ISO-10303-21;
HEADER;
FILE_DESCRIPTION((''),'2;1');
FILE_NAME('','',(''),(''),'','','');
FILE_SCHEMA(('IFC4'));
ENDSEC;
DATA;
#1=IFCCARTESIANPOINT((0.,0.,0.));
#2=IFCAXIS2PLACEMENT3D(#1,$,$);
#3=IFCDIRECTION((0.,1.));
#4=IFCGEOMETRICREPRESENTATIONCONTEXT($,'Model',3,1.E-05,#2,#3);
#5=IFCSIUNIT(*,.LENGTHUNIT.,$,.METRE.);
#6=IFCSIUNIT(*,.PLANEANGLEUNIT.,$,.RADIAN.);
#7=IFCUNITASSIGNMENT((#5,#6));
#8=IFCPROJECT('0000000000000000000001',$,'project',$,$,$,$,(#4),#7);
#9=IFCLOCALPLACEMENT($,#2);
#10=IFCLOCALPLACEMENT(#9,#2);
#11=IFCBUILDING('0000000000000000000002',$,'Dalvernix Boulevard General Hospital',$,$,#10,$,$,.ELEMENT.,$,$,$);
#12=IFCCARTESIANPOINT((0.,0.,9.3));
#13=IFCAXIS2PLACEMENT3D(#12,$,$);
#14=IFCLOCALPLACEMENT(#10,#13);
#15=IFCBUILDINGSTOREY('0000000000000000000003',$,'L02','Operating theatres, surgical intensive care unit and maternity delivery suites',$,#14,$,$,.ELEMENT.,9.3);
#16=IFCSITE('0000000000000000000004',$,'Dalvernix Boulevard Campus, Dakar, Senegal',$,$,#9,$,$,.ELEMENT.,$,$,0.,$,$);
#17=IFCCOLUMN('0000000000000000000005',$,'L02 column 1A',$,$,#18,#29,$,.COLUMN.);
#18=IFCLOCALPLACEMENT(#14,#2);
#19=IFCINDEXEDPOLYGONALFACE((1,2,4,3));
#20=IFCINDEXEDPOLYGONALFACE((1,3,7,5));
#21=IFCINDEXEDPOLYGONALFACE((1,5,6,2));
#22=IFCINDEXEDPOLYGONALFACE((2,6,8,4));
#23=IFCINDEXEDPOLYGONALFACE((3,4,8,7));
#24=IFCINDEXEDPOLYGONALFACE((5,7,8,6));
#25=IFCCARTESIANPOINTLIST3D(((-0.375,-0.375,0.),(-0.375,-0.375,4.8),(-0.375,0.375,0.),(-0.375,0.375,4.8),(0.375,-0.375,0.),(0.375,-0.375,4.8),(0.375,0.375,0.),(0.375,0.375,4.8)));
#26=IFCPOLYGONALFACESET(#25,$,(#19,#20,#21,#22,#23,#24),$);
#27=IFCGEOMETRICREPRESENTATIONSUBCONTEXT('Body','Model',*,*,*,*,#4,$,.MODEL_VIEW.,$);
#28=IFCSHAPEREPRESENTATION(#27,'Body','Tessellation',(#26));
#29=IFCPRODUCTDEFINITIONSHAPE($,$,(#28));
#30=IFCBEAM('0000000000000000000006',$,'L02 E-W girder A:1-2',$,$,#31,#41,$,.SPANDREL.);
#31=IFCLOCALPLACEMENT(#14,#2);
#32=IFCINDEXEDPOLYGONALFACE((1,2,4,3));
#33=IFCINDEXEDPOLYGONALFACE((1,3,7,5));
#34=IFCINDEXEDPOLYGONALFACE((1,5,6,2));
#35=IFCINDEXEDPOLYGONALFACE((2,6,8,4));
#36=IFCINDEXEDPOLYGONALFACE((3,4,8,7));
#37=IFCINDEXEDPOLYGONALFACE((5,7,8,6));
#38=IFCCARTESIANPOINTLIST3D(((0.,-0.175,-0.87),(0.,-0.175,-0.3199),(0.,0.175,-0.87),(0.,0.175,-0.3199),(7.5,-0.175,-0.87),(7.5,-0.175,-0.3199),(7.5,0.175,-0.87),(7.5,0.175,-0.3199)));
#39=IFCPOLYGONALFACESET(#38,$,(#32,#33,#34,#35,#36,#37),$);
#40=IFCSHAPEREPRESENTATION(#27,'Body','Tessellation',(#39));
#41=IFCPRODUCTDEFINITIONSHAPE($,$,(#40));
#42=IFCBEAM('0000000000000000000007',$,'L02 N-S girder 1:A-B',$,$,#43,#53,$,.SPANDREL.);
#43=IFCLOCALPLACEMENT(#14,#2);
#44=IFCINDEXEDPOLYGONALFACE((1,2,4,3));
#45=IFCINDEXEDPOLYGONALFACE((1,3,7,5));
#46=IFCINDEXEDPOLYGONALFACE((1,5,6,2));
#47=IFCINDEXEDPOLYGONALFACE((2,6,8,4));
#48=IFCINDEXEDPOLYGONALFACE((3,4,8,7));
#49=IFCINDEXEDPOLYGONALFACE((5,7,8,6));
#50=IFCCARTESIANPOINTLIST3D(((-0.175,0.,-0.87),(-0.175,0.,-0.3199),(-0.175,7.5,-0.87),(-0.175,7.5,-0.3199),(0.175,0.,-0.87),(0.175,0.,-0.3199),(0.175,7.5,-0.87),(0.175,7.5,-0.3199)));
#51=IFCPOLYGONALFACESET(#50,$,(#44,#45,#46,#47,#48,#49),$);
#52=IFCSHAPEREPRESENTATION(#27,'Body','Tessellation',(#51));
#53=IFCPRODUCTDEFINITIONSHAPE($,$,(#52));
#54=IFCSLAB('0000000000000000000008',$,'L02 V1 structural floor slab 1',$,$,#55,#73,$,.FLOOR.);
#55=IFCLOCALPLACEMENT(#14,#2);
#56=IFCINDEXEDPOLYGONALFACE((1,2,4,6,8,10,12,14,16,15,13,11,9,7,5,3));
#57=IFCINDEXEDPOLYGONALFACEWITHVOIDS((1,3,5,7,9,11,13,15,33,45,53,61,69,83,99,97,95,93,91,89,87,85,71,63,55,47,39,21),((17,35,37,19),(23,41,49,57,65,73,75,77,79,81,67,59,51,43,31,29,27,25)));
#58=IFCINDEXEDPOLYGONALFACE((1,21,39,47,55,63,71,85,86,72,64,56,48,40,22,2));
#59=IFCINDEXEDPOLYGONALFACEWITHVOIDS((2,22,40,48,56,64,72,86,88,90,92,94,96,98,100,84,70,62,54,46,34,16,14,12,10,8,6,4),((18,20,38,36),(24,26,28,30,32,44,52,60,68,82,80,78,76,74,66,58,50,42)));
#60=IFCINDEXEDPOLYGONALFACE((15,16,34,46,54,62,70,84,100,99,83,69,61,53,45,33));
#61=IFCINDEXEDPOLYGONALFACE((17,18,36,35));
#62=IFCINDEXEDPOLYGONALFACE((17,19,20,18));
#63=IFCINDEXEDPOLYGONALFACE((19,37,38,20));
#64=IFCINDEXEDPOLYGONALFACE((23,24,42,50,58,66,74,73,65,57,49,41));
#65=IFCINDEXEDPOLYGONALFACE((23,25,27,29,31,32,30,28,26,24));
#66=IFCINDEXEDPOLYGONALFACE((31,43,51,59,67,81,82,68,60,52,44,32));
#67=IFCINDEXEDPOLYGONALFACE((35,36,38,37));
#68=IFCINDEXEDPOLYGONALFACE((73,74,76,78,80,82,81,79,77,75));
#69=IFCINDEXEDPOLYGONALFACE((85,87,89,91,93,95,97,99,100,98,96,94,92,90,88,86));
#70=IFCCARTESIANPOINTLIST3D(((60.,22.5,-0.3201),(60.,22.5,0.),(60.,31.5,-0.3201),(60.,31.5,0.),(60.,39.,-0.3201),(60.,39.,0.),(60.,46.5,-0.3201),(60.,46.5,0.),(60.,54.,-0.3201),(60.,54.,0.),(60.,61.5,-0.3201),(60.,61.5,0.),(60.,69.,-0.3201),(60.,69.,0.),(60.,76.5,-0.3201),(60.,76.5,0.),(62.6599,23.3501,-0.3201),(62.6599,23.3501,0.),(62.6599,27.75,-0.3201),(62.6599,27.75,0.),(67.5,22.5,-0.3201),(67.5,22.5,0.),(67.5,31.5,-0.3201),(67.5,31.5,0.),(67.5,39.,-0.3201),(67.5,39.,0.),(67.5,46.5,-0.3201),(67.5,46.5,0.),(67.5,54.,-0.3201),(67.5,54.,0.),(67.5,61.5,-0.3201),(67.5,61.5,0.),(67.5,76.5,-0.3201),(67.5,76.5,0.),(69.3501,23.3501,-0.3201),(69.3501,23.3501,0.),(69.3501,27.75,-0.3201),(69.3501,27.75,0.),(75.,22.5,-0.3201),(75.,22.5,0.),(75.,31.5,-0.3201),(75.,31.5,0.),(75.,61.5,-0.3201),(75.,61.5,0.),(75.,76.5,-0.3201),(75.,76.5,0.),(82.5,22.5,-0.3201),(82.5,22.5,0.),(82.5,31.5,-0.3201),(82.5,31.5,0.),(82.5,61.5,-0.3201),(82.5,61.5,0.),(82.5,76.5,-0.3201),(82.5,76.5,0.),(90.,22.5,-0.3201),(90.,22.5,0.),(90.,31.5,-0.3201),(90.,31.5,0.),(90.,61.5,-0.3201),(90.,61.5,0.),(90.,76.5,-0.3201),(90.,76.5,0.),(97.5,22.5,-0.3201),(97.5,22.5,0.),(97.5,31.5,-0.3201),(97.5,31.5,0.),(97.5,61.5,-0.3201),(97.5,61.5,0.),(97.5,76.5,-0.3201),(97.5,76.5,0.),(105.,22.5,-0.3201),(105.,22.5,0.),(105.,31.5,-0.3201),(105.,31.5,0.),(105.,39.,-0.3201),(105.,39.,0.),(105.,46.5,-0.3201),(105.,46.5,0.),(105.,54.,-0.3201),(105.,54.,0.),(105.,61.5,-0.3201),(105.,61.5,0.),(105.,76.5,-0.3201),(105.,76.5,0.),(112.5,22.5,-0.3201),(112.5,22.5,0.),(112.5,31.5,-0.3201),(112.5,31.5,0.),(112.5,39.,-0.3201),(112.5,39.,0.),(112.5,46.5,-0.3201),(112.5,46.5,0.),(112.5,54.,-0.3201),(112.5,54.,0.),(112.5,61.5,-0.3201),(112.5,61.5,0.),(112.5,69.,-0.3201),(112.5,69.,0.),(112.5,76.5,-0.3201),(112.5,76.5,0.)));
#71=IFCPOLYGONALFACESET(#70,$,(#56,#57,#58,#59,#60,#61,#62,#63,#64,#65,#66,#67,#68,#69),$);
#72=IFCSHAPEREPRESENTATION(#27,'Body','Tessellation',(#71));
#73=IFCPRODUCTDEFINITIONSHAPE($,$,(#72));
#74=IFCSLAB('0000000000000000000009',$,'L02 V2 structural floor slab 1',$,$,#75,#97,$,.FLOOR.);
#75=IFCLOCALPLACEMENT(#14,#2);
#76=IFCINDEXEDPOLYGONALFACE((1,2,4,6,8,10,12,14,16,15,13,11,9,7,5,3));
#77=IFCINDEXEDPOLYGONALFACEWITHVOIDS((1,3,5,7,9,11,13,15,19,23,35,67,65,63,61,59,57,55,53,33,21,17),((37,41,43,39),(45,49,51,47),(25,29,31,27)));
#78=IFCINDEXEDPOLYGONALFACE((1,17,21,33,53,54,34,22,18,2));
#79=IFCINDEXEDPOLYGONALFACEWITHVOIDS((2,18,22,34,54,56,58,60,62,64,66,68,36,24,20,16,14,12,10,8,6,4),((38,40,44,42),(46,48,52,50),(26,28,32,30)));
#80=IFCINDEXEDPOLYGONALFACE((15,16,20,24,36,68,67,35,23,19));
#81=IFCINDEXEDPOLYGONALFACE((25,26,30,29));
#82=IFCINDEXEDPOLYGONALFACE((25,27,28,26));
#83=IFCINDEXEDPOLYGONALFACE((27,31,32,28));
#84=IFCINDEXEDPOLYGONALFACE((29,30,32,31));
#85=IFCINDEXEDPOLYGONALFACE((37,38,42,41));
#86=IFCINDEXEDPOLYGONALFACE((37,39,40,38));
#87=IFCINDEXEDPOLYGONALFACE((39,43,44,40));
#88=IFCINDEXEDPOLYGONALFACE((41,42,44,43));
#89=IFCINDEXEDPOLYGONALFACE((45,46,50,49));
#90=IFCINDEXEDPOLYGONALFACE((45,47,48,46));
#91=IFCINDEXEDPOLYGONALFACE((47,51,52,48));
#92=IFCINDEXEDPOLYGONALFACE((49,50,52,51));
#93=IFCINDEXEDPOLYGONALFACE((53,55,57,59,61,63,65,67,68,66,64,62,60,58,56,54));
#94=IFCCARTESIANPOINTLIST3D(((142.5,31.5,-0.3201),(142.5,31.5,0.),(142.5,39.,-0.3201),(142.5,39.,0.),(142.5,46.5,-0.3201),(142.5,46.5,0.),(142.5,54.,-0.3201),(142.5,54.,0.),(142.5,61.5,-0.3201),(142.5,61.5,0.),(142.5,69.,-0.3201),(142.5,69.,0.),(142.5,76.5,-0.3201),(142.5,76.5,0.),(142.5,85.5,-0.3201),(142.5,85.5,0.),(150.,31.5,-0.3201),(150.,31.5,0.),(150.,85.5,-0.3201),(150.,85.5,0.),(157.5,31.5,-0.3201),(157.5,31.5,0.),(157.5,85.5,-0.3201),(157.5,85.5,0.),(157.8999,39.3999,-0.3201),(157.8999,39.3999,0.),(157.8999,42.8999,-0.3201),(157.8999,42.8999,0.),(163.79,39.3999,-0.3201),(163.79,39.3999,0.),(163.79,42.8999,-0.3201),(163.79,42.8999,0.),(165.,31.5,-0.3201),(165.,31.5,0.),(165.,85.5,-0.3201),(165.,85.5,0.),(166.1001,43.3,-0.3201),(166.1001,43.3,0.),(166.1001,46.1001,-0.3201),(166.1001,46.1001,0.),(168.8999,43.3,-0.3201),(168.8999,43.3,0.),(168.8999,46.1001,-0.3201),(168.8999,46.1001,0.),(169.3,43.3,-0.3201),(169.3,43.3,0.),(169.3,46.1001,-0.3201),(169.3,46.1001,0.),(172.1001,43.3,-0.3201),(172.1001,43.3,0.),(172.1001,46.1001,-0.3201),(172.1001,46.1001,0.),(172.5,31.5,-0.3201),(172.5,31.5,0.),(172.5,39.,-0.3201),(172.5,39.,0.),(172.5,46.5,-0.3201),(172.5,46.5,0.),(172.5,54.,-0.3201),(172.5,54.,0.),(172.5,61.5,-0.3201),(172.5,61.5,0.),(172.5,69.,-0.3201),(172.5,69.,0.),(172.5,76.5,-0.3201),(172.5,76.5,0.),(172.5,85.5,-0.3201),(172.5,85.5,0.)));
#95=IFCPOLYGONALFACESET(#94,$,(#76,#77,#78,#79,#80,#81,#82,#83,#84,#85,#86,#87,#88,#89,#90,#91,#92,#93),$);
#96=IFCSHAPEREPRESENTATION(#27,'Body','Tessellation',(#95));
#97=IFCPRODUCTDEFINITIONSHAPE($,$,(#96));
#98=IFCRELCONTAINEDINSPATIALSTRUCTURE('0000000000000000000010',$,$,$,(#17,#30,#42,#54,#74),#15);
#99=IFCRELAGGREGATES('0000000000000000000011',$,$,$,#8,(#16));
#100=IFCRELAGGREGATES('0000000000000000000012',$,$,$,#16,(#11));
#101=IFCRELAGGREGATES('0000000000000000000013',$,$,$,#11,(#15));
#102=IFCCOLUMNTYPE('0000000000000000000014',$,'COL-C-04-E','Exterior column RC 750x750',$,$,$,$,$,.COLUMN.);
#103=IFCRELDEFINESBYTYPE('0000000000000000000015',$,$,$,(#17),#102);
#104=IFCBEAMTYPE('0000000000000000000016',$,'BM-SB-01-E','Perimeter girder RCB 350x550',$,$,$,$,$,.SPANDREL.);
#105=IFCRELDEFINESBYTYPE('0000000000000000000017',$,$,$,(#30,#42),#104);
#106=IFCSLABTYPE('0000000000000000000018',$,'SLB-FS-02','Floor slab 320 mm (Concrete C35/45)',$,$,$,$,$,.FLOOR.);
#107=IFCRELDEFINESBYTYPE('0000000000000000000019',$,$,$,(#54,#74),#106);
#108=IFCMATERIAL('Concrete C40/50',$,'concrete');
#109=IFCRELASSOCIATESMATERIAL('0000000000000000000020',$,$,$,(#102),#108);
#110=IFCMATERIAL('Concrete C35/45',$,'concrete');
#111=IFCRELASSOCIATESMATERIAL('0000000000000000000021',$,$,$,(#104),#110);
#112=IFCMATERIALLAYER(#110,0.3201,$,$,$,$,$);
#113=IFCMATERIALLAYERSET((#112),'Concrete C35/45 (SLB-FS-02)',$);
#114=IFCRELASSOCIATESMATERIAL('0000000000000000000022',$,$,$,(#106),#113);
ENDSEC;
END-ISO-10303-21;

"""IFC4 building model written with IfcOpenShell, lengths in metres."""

from ifc_helpers import new_model, si_unit, direction, frame, origin, origin_with_axes, origin_2d, place, context, subcontext, project, spatial, polyline, rectangle, outline, extrude, material, layer, layer_set, material_profile, profile_set, type_object, element, save


model = new_model("IFC4")

# Units and contexts
model_context = context("Model", 3, precision=1e-05, world=origin(), true_north=direction((0.0, 1.0)))
body_context = subcontext(model_context, "Body", "Model", "MODEL_VIEW")
ifc_project = project(units=[si_unit("LENGTHUNIT", "METRE"), si_unit("PLANEANGLEUNIT", "RADIAN")], contexts=[model_context])

# Site, building, storey
site_placement = place(None, origin())
site = spatial("IfcSite", under=ifc_project, at=site_placement, Name="Dalvernix Boulevard Campus, Dakar, Senegal", CompositionType="ELEMENT", RefElevation=0.0)
building_placement = place(site_placement, origin())
building = spatial("IfcBuilding", under=site, at=building_placement, Name="Dalvernix Boulevard General Hospital", CompositionType="ELEMENT")
storey_placement = place(building_placement, frame((0.0, 0.0, 9.3)))
storey = spatial("IfcBuildingStorey", under=building, at=storey_placement, Name="L02", Description="Operating theatres, surgical intensive care unit and maternity delivery suites", CompositionType="ELEMENT", Elevation=9.3)

# Column
ifc_material_1 = material(Name="Concrete C40/50", Category="concrete")
ifc_material_profile_1 = material_profile(ifc_material_1, rectangle(XDim=0.75, YDim=0.75, at=origin_2d()), Name="RC 750x750")
ifc_profile_set_1 = profile_set([ifc_material_profile_1], Name="Concrete C40/50")
column_type = type_object("IfcColumnType", Name="COL-C-04-E", Description="Exterior column RC 750x750", PredefinedType="COLUMN", material=ifc_profile_set_1)
column_placement = place(storey_placement, origin_with_axes())
element("IfcColumn", 1, at=column_placement, inside=storey, type_object=column_type, Name="L02 column 1A", PredefinedType="COLUMN", context=body_context, shape_type="SweptSolid", body=[
    extrude(rectangle(XDim=0.75, YDim=0.75, at=origin_2d()), origin(), (0.0, 0.0, 1.0), 4.8),
])

# Beams
ifc_material_2 = material(Name="Concrete C35/45", Category="concrete")
ifc_material_profile_2 = material_profile(ifc_material_2, rectangle(XDim=0.3501, YDim=0.55, at=origin_2d()), Name="RCB 350x550")
ifc_profile_set_2 = profile_set([ifc_material_profile_2], Name="Concrete C35/45")
beam_type = type_object("IfcBeamType", Name="BM-SB-01-E", Description="Perimeter girder RCB 350x550", PredefinedType="SPANDREL", material=ifc_profile_set_2)
for number, where, z_axis, x_axis, name in (
    (2, (0.0, 0.0, -0.595), (1.0, 0.0, 0.0), (0.0, 1.0, 0.0), "L02 E-W girder A:1-2"),
    (3, (0.0, 0.0, -0.595), (0.0, 1.0, 0.0), (-1.0, 0.0, 0.0), "L02 N-S girder 1:A-B"),
):
    element("IfcBeam", number, at=place(storey_placement, frame(where, z_axis=z_axis, x_axis=x_axis)), inside=storey, type_object=beam_type, Name=name, PredefinedType="SPANDREL", context=body_context, shape_type="SweptSolid", body=[
        extrude(rectangle(XDim=0.3501, YDim=0.55, at=origin_2d()), origin(), (0.0, 0.0, 1.0), 7.5),
    ])

# Slabs
ifc_layer_1 = layer(ifc_material_2, 0.3201)
ifc_layer_set_1 = layer_set([ifc_layer_1], Name="Concrete C35/45 (SLB-FS-02)")
slab_type_1 = type_object("IfcSlabType", Name="SLB-FS-02", Description="Floor slab 320 mm (Concrete C35/45)", PredefinedType="FLOOR", material=ifc_layer_set_1)
slab_1_placement = place(storey_placement, frame((0.0, 0.0, -0.3201)))
element("IfcSlab", 4, at=slab_1_placement, inside=storey, type_object=slab_type_1, Name="L02 V1 structural floor slab 1", PredefinedType="FLOOR", context=body_context, shape_type="SweptSolid", body=[
    extrude(outline(polyline([(60.0, 54.0), (60.0, 61.5), (60.0, 69.0), (60.0, 76.5), (67.5, 76.5), (75.0, 76.5), (82.5, 76.5), (90.0, 76.5), (97.5, 76.5), (105.0, 76.5), (112.5, 76.5), (112.5, 69.0), (112.5, 61.5), (112.5, 54.0), (112.5, 46.5), (112.5, 39.0), (112.5, 31.5), (112.5, 22.5), (105.0, 22.5), (97.5, 22.5), (90.0, 22.5), (82.5, 22.5), (75.0, 22.5), (67.5, 22.5), (60.0, 22.5), (60.0, 31.5), (60.0, 39.0), (60.0, 46.5), (60.0, 54.0)]), holes=[polyline([(75.0, 61.5), (67.5, 61.5), (67.5, 54.0), (67.5, 46.5), (67.5, 39.0), (67.5, 31.5), (75.0, 31.5), (82.5, 31.5), (90.0, 31.5), (97.5, 31.5), (105.0, 31.5), (105.0, 39.0), (105.0, 46.5), (105.0, 54.0), (105.0, 61.5), (97.5, 61.5), (90.0, 61.5), (82.5, 61.5), (75.0, 61.5)]), polyline([(69.3501, 27.75), (62.6599, 27.75), (62.6599, 23.3501), (69.3501, 23.3501), (69.3501, 27.75)])]), origin(), (0.0, 0.0, 1.0), 0.3201),
])
slab_2_placement = place(storey_placement, frame((0.0, 0.0, -0.3201)))
element("IfcSlab", 5, at=slab_2_placement, inside=storey, type_object=slab_type_1, Name="L02 V2 structural floor slab 1", PredefinedType="FLOOR", context=body_context, shape_type="SweptSolid", body=[
    extrude(outline(polyline([(142.5, 76.5), (142.5, 85.5), (150.0, 85.5), (157.5, 85.5), (165.0, 85.5), (172.5, 85.5), (172.5, 76.5), (172.5, 69.0), (172.5, 61.5), (172.5, 54.0), (172.5, 46.5), (172.5, 39.0), (172.5, 31.5), (165.0, 31.5), (157.5, 31.5), (150.0, 31.5), (142.5, 31.5), (142.5, 39.0), (142.5, 46.5), (142.5, 54.0), (142.5, 61.5), (142.5, 69.0), (142.5, 76.5)]), holes=[polyline([(157.8999, 39.3999), (163.79, 39.3999), (163.79, 42.8999), (157.8999, 42.8999), (157.8999, 39.3999)]), polyline([(166.1001, 46.1001), (166.1001, 43.3), (168.8999, 43.3), (168.8999, 46.1001), (166.1001, 46.1001)]), polyline([(172.1001, 46.1001), (169.3, 46.1001), (169.3, 43.3), (172.1001, 43.3), (172.1001, 46.1001)])]), origin(), (0.0, 0.0, 1.0), 0.3201),
])

save(model, "model.ifc")
